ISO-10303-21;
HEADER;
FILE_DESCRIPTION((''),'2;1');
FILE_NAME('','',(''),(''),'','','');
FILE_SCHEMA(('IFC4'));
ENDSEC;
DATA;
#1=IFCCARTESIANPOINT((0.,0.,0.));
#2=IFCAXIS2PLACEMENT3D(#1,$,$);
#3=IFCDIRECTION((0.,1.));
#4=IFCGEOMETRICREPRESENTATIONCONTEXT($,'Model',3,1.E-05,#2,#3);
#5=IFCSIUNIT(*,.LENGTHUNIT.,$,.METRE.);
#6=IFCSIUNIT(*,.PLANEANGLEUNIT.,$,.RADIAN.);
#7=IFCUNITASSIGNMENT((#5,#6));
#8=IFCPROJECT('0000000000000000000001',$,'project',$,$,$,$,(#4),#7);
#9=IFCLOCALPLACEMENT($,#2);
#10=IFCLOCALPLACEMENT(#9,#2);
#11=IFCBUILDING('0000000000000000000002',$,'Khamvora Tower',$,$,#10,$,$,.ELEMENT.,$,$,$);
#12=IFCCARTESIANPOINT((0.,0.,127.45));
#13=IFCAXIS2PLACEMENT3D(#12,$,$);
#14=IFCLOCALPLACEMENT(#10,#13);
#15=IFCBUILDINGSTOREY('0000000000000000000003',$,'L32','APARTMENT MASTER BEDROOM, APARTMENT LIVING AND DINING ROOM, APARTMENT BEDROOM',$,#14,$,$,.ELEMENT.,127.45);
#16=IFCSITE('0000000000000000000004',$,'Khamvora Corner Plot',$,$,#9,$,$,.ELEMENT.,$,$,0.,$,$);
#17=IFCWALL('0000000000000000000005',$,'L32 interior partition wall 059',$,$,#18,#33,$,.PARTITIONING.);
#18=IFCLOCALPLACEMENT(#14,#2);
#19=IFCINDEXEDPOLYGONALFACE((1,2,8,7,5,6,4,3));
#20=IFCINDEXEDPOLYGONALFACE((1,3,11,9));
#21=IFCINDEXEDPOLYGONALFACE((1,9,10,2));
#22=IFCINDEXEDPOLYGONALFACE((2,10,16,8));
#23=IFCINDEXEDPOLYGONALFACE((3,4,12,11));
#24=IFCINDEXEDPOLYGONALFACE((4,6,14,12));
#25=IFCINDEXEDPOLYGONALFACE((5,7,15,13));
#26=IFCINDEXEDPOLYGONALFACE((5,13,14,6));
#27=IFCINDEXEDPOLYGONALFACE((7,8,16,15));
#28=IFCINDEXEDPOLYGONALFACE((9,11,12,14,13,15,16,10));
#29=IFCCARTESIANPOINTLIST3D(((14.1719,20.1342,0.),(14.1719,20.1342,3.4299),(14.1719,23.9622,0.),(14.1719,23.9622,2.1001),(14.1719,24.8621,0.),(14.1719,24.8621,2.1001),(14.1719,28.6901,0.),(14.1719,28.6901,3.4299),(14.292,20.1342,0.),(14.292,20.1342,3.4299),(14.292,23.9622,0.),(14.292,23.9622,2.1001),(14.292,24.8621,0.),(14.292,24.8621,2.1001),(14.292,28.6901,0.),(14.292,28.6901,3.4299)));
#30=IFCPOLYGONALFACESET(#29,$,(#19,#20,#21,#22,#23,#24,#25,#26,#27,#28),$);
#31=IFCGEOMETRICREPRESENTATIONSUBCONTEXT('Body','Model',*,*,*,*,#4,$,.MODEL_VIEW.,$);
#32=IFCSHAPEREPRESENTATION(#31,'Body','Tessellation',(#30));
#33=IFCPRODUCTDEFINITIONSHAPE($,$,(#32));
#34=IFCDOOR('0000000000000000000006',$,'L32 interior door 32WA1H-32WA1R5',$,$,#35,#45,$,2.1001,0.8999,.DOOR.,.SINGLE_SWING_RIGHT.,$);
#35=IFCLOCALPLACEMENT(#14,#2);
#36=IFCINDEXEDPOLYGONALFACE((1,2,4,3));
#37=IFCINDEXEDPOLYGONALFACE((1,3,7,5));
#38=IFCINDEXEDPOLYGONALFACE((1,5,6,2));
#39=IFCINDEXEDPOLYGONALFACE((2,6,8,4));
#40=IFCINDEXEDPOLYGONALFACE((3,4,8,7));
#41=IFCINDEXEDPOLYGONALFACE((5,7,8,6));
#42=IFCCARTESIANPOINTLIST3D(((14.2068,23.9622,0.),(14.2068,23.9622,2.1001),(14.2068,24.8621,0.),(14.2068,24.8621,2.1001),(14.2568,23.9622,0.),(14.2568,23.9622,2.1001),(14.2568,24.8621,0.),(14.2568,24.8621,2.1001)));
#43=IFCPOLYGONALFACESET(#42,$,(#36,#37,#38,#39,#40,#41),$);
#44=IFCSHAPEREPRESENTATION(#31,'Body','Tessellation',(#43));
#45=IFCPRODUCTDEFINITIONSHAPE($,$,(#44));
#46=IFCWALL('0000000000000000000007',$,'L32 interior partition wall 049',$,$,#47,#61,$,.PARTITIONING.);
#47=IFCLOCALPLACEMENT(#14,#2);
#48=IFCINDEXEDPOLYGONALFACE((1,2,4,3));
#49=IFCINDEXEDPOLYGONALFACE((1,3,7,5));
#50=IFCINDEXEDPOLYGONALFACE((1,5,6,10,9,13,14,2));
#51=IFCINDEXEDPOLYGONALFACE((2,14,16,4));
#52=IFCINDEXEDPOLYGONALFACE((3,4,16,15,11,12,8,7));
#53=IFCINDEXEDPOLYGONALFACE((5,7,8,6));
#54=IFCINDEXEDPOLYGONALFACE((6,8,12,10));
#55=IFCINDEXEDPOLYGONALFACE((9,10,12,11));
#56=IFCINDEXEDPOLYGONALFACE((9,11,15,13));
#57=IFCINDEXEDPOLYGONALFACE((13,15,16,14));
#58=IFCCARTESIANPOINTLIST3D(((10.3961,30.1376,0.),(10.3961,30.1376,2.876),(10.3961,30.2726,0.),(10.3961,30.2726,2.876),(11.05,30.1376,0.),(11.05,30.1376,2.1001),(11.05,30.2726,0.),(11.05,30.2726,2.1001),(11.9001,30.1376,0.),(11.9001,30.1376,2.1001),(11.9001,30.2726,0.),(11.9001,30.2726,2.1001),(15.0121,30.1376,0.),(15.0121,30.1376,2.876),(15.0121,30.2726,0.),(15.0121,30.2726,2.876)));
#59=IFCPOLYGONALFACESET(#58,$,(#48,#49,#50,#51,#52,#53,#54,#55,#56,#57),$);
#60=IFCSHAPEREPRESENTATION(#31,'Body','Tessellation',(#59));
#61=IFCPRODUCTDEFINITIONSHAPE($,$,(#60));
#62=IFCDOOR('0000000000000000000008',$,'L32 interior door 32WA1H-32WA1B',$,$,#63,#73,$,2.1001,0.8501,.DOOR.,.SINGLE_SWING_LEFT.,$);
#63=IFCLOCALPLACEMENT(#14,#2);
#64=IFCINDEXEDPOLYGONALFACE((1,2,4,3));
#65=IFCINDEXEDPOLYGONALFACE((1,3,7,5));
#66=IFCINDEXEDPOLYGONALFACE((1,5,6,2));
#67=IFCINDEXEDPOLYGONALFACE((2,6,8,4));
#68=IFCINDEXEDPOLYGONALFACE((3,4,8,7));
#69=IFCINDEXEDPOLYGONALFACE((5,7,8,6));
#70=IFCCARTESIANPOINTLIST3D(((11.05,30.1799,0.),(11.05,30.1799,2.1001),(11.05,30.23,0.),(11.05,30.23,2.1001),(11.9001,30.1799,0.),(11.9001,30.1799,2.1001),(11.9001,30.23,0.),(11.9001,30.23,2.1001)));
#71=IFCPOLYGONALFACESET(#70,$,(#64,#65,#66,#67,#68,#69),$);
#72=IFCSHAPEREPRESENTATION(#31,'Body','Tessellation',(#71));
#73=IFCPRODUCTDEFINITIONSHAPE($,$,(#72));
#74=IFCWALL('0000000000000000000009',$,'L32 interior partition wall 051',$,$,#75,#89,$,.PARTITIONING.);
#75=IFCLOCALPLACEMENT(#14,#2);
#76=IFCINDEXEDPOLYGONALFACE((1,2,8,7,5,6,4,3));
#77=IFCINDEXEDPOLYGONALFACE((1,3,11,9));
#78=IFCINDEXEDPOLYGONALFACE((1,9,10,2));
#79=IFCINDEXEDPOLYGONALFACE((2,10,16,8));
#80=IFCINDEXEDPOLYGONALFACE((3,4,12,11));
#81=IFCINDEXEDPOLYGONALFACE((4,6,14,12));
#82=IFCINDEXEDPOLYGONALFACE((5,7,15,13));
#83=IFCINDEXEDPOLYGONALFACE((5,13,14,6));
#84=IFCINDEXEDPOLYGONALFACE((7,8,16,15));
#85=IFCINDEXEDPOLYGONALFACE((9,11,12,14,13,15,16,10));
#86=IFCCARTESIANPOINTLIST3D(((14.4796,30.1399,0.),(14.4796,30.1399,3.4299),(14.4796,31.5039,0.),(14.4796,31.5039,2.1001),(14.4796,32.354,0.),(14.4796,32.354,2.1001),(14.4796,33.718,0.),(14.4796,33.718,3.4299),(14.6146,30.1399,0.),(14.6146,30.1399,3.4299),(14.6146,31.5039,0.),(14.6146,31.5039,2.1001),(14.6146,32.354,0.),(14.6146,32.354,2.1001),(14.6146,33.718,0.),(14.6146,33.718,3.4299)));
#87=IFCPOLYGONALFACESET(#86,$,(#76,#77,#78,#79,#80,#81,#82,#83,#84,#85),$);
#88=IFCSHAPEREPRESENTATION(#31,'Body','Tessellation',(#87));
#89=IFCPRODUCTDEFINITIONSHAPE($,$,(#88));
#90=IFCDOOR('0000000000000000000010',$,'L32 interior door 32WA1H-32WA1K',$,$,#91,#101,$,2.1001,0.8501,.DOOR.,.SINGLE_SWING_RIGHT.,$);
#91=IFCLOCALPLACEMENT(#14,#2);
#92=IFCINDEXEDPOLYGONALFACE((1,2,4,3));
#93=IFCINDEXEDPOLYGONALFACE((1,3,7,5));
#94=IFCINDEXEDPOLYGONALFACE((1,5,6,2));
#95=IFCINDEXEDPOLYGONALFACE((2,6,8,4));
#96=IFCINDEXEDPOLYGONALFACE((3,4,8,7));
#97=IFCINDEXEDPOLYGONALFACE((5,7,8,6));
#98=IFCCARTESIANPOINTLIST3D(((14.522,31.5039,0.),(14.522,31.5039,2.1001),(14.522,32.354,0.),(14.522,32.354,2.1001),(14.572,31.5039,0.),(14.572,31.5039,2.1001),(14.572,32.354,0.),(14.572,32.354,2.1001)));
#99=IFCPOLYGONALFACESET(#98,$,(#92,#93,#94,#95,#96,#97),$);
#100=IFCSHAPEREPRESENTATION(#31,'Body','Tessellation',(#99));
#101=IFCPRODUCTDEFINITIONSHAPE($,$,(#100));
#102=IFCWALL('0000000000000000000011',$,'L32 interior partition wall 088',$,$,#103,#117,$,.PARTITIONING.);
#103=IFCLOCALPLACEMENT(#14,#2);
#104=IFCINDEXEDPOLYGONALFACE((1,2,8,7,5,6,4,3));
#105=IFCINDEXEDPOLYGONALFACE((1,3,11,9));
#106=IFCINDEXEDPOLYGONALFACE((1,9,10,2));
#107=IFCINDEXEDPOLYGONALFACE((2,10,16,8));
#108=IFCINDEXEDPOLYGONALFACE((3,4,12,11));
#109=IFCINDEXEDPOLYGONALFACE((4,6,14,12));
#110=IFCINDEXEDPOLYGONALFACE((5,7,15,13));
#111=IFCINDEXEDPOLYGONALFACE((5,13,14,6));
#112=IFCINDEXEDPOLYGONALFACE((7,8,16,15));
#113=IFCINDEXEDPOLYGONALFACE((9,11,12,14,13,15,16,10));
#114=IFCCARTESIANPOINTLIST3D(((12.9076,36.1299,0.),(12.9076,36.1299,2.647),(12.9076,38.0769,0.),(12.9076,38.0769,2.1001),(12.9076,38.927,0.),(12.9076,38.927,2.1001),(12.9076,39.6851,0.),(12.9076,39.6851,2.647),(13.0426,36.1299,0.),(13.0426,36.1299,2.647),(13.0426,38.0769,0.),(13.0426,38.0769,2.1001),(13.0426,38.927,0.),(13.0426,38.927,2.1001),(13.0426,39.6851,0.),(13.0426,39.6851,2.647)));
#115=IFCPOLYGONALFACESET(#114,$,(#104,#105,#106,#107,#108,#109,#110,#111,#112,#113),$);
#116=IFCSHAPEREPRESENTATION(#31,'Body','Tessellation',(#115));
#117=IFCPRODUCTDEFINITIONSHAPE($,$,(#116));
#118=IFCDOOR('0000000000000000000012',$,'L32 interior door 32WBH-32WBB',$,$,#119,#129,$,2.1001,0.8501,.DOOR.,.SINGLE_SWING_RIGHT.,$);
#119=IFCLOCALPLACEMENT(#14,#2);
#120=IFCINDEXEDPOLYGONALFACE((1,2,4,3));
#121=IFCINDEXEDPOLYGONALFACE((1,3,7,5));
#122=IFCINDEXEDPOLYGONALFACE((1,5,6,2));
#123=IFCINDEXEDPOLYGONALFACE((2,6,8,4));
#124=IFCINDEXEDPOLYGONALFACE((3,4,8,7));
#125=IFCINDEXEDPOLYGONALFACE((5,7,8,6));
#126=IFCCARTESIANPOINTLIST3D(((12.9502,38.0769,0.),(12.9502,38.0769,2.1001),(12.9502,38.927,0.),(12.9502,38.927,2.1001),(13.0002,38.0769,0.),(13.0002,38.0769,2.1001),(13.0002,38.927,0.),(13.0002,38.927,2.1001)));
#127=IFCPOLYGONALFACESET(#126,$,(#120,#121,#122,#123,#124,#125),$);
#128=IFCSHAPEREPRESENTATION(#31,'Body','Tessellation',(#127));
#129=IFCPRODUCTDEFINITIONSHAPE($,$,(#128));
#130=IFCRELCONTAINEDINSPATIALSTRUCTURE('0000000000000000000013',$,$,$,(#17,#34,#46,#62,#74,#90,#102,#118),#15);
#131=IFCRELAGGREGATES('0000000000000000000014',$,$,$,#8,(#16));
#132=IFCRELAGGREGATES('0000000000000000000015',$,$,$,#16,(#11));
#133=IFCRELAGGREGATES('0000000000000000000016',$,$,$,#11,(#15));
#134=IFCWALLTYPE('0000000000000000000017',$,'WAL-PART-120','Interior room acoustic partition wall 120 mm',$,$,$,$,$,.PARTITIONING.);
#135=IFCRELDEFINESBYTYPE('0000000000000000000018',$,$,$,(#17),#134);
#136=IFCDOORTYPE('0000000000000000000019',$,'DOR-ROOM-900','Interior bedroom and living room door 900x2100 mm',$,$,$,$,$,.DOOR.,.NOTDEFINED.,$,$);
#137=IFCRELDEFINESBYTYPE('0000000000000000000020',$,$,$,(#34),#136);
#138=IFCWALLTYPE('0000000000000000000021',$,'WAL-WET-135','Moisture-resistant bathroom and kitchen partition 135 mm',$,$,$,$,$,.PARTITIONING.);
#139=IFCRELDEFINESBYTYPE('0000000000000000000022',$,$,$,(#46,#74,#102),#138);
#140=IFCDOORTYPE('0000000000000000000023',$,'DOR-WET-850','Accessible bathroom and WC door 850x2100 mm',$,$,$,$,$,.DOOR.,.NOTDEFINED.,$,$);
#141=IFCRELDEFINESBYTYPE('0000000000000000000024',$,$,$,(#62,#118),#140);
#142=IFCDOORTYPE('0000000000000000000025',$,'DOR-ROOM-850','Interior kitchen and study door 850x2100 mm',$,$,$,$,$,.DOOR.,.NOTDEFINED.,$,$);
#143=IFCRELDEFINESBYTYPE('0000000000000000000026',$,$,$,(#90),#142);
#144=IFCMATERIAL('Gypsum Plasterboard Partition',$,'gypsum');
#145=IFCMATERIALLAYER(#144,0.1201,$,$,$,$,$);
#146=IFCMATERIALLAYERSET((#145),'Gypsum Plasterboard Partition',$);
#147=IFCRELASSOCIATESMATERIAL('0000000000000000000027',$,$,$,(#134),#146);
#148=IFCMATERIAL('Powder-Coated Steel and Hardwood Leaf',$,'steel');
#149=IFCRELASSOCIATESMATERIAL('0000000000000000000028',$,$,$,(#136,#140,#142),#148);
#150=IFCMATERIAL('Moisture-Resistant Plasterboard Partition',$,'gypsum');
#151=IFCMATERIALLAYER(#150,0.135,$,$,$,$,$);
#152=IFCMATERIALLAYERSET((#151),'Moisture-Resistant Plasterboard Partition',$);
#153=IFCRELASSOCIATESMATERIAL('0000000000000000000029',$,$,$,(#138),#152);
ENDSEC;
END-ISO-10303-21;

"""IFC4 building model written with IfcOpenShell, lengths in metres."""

from ifc_helpers import new_model, si_unit, direction, frame, frame_2d, origin, place, context, subcontext, project, spatial, rectangle, extrude, material, layer, layer_set, type_object, element, fill, save


model = new_model("IFC4")

# Units and contexts
model_context = context("Model", 3, precision=1e-05, world=origin(), true_north=direction((0.0, 1.0)))
body_context = subcontext(model_context, "Body", "Model", "MODEL_VIEW")
ifc_project = project(units=[si_unit("LENGTHUNIT", "METRE"), si_unit("PLANEANGLEUNIT", "RADIAN")], contexts=[model_context])

# Site, building, storey
site_placement = place(None, origin())
site = spatial("IfcSite", under=ifc_project, at=site_placement, Name="Khamvora Corner Plot", CompositionType="ELEMENT", RefElevation=0.0)
building_placement = place(site_placement, origin())
building = spatial("IfcBuilding", under=site, at=building_placement, Name="Khamvora Tower", CompositionType="ELEMENT")
storey_placement = place(building_placement, frame((0.0, 0.0, 127.45)))
storey = spatial("IfcBuildingStorey", under=building, at=storey_placement, Name="L32", Description="APARTMENT MASTER BEDROOM, APARTMENT LIVING AND DINING ROOM, APARTMENT BEDROOM", CompositionType="ELEMENT", Elevation=127.45)

# Shared definitions
ifc_material_1 = material(Name="Powder-Coated Steel and Hardwood Leaf", Category="steel")

# Walls, openings, doors
ifc_material_2 = material(Name="Gypsum Plasterboard Partition", Category="gypsum")
ifc_layer_1 = layer(ifc_material_2, 0.1201)
ifc_layer_set_1 = layer_set([ifc_layer_1], Name="Gypsum Plasterboard Partition")
wall_type_1 = type_object("IfcWallType", Name="WAL-PART-120", Description="Interior room acoustic partition wall 120 mm", PredefinedType="PARTITIONING", material=ifc_layer_set_1)
wall_1_placement = place(storey_placement, frame((14.2319, 28.6899, 0.0), z_axis=(0.0, 0.0, 1.0), x_axis=(0.0, -1.0, 0.0)))
wall_1 = element("IfcWall", 1, at=wall_1_placement, inside=storey, type_object=wall_type_1, Name="L32 interior partition wall 059", PredefinedType="PARTITIONING", context=body_context, shape_type="SweptSolid", body=[
    extrude(rectangle(XDim=8.5559, YDim=0.1201, at=frame_2d((4.2778, 0.0))), origin(), (0.0, 0.0, 1.0), 3.4299),
])
opening_1_placement = place(wall_1_placement, frame((3.8279, 0.0, 0.0)))
opening_1 = element("IfcOpeningElement", 2, at=opening_1_placement, cuts=wall_1, PredefinedType="OPENING", context=body_context, shape_type="SweptSolid", body=[
    extrude(rectangle(XDim=0.8999, YDim=2.1001, at=frame_2d((0.45, 1.05))), frame((0.0, 0.0701, 0.0), z_axis=(0.0, -1.0, 0.0), x_axis=(1.0, 0.0, 0.0)), (0.0, 0.0, 1.0), 0.1401),
])
door_type_1 = type_object("IfcDoorType", Name="DOR-ROOM-900", Description="Interior bedroom and living room door 900x2100 mm", OperationType="NOTDEFINED", PredefinedType="DOOR", material=ifc_material_1)
door_1_placement = place(opening_1_placement, origin())
door_1 = element("IfcDoor", 3, at=door_1_placement, inside=storey, type_object=door_type_1, Name="L32 interior door 32WA1H-32WA1R5", OperationType="SINGLE_SWING_RIGHT", OverallHeight=2.1001, OverallWidth=0.8999, PredefinedType="DOOR", context=body_context, shape_type="SweptSolid", body=[
    extrude(rectangle(XDim=0.8999, YDim=2.1001, at=frame_2d((0.45, 1.05))), frame((0.0, 0.0249, 0.0), z_axis=(0.0, -1.0, 0.0), x_axis=(1.0, 0.0, 0.0)), (0.0, 0.0, 1.0), 0.05),
])
fill(opening_1, door_1)
ifc_material_3 = material(Name="Moisture-Resistant Plasterboard Partition", Category="gypsum")
ifc_layer_2 = layer(ifc_material_3, 0.135)
ifc_layer_set_2 = layer_set([ifc_layer_2], Name="Moisture-Resistant Plasterboard Partition")
wall_type_2 = type_object("IfcWallType", Name="WAL-WET-135", Description="Moisture-resistant bathroom and kitchen partition 135 mm", PredefinedType="PARTITIONING", material=ifc_layer_set_2)
wall_2_placement = place(storey_placement, frame((10.396, 30.2051, 0.0), z_axis=(0.0, 0.0, 1.0), x_axis=(1.0, 0.0, 0.0)))
wall_2 = element("IfcWall", 4, at=wall_2_placement, inside=storey, type_object=wall_type_2, Name="L32 interior partition wall 049", PredefinedType="PARTITIONING", context=body_context, shape_type="SweptSolid", body=[
    extrude(rectangle(XDim=4.616, YDim=0.135, at=frame_2d((2.3081, 0.0))), origin(), (0.0, 0.0, 1.0), 2.876),
])
opening_2_placement = place(wall_2_placement, frame((0.6541, 0.0, 0.0)))
opening_2 = element("IfcOpeningElement", 5, at=opening_2_placement, cuts=wall_2, PredefinedType="OPENING", context=body_context, shape_type="SweptSolid", body=[
    extrude(rectangle(XDim=0.8501, YDim=2.1001, at=frame_2d((0.425, 1.05))), frame((0.0, 0.0774, 0.0), z_axis=(0.0, -1.0, 0.0), x_axis=(1.0, 0.0, 0.0)), (0.0, 0.0, 1.0), 0.155),
])
door_type_2 = type_object("IfcDoorType", Name="DOR-WET-850", Description="Accessible bathroom and WC door 850x2100 mm", OperationType="NOTDEFINED", PredefinedType="DOOR", material=ifc_material_1)
door_2_placement = place(opening_2_placement, origin())
door_2 = element("IfcDoor", 6, at=door_2_placement, inside=storey, type_object=door_type_2, Name="L32 interior door 32WA1H-32WA1B", OperationType="SINGLE_SWING_LEFT", OverallHeight=2.1001, OverallWidth=0.8501, PredefinedType="DOOR", context=body_context, shape_type="SweptSolid", body=[
    extrude(rectangle(XDim=0.8501, YDim=2.1001, at=frame_2d((0.425, 1.05))), frame((0.0, 0.0249, 0.0), z_axis=(0.0, -1.0, 0.0), x_axis=(1.0, 0.0, 0.0)), (0.0, 0.0, 1.0), 0.05),
])
fill(opening_2, door_2)
wall_3_placement = place(storey_placement, frame((14.5471, 33.718, 0.0), z_axis=(0.0, 0.0, 1.0), x_axis=(0.0, -1.0, 0.0)))
wall_3 = element("IfcWall", 7, at=wall_3_placement, inside=storey, type_object=wall_type_2, Name="L32 interior partition wall 051", PredefinedType="PARTITIONING", context=body_context, shape_type="SweptSolid", body=[
    extrude(rectangle(XDim=3.5781, YDim=0.135, at=frame_2d((1.7891, 0.0))), origin(), (0.0, 0.0, 1.0), 3.4299),
])
opening_3_placement = place(wall_3_placement, frame((1.364, 0.0, 0.0)))
opening_3 = element("IfcOpeningElement", 8, at=opening_3_placement, cuts=wall_3, PredefinedType="OPENING", context=body_context, shape_type="SweptSolid", body=[
    extrude(rectangle(XDim=0.8501, YDim=2.1001, at=frame_2d((0.425, 1.05))), frame((0.0, 0.0774, 0.0), z_axis=(0.0, -1.0, 0.0), x_axis=(1.0, 0.0, 0.0)), (0.0, 0.0, 1.0), 0.155),
])
door_type_3 = type_object("IfcDoorType", Name="DOR-ROOM-850", Description="Interior kitchen and study door 850x2100 mm", OperationType="NOTDEFINED", PredefinedType="DOOR", material=ifc_material_1)
door_3_placement = place(opening_3_placement, origin())
door_3 = element("IfcDoor", 9, at=door_3_placement, inside=storey, type_object=door_type_3, Name="L32 interior door 32WA1H-32WA1K", OperationType="SINGLE_SWING_RIGHT", OverallHeight=2.1001, OverallWidth=0.8501, PredefinedType="DOOR", context=body_context, shape_type="SweptSolid", body=[
    extrude(rectangle(XDim=0.8501, YDim=2.1001, at=frame_2d((0.425, 1.05))), frame((0.0, 0.0249, 0.0), z_axis=(0.0, -1.0, 0.0), x_axis=(1.0, 0.0, 0.0)), (0.0, 0.0, 1.0), 0.05),
])
fill(opening_3, door_3)
wall_4_placement = place(storey_placement, frame((12.9751, 36.1299, 0.0), z_axis=(0.0, 0.0, 1.0), x_axis=(0.0, 1.0, 0.0)))
wall_4 = element("IfcWall", 10, at=wall_4_placement, inside=storey, type_object=wall_type_2, Name="L32 interior partition wall 088", PredefinedType="PARTITIONING", context=body_context, shape_type="SweptSolid", body=[
    extrude(rectangle(XDim=3.5552, YDim=0.135, at=frame_2d((1.7776, 0.0))), origin(), (0.0, 0.0, 1.0), 2.647),
])
opening_4_placement = place(wall_4_placement, frame((1.947, 0.0, 0.0)))
opening_4 = element("IfcOpeningElement", 11, at=opening_4_placement, cuts=wall_4, PredefinedType="OPENING", context=body_context, shape_type="SweptSolid", body=[
    extrude(rectangle(XDim=0.8501, YDim=2.1001, at=frame_2d((0.425, 1.05))), frame((0.0, 0.0774, 0.0), z_axis=(0.0, -1.0, 0.0), x_axis=(1.0, 0.0, 0.0)), (0.0, 0.0, 1.0), 0.155),
])
door_4_placement = place(opening_4_placement, origin())
door_4 = element("IfcDoor", 12, at=door_4_placement, inside=storey, type_object=door_type_2, Name="L32 interior door 32WBH-32WBB", OperationType="SINGLE_SWING_RIGHT", OverallHeight=2.1001, OverallWidth=0.8501, PredefinedType="DOOR", context=body_context, shape_type="SweptSolid", body=[
    extrude(rectangle(XDim=0.8501, YDim=2.1001, at=frame_2d((0.425, 1.05))), frame((0.0, 0.0249, 0.0), z_axis=(0.0, -1.0, 0.0), x_axis=(1.0, 0.0, 0.0)), (0.0, 0.0, 1.0), 0.05),
])
fill(opening_4, door_4)

save(model, "model.ifc")
